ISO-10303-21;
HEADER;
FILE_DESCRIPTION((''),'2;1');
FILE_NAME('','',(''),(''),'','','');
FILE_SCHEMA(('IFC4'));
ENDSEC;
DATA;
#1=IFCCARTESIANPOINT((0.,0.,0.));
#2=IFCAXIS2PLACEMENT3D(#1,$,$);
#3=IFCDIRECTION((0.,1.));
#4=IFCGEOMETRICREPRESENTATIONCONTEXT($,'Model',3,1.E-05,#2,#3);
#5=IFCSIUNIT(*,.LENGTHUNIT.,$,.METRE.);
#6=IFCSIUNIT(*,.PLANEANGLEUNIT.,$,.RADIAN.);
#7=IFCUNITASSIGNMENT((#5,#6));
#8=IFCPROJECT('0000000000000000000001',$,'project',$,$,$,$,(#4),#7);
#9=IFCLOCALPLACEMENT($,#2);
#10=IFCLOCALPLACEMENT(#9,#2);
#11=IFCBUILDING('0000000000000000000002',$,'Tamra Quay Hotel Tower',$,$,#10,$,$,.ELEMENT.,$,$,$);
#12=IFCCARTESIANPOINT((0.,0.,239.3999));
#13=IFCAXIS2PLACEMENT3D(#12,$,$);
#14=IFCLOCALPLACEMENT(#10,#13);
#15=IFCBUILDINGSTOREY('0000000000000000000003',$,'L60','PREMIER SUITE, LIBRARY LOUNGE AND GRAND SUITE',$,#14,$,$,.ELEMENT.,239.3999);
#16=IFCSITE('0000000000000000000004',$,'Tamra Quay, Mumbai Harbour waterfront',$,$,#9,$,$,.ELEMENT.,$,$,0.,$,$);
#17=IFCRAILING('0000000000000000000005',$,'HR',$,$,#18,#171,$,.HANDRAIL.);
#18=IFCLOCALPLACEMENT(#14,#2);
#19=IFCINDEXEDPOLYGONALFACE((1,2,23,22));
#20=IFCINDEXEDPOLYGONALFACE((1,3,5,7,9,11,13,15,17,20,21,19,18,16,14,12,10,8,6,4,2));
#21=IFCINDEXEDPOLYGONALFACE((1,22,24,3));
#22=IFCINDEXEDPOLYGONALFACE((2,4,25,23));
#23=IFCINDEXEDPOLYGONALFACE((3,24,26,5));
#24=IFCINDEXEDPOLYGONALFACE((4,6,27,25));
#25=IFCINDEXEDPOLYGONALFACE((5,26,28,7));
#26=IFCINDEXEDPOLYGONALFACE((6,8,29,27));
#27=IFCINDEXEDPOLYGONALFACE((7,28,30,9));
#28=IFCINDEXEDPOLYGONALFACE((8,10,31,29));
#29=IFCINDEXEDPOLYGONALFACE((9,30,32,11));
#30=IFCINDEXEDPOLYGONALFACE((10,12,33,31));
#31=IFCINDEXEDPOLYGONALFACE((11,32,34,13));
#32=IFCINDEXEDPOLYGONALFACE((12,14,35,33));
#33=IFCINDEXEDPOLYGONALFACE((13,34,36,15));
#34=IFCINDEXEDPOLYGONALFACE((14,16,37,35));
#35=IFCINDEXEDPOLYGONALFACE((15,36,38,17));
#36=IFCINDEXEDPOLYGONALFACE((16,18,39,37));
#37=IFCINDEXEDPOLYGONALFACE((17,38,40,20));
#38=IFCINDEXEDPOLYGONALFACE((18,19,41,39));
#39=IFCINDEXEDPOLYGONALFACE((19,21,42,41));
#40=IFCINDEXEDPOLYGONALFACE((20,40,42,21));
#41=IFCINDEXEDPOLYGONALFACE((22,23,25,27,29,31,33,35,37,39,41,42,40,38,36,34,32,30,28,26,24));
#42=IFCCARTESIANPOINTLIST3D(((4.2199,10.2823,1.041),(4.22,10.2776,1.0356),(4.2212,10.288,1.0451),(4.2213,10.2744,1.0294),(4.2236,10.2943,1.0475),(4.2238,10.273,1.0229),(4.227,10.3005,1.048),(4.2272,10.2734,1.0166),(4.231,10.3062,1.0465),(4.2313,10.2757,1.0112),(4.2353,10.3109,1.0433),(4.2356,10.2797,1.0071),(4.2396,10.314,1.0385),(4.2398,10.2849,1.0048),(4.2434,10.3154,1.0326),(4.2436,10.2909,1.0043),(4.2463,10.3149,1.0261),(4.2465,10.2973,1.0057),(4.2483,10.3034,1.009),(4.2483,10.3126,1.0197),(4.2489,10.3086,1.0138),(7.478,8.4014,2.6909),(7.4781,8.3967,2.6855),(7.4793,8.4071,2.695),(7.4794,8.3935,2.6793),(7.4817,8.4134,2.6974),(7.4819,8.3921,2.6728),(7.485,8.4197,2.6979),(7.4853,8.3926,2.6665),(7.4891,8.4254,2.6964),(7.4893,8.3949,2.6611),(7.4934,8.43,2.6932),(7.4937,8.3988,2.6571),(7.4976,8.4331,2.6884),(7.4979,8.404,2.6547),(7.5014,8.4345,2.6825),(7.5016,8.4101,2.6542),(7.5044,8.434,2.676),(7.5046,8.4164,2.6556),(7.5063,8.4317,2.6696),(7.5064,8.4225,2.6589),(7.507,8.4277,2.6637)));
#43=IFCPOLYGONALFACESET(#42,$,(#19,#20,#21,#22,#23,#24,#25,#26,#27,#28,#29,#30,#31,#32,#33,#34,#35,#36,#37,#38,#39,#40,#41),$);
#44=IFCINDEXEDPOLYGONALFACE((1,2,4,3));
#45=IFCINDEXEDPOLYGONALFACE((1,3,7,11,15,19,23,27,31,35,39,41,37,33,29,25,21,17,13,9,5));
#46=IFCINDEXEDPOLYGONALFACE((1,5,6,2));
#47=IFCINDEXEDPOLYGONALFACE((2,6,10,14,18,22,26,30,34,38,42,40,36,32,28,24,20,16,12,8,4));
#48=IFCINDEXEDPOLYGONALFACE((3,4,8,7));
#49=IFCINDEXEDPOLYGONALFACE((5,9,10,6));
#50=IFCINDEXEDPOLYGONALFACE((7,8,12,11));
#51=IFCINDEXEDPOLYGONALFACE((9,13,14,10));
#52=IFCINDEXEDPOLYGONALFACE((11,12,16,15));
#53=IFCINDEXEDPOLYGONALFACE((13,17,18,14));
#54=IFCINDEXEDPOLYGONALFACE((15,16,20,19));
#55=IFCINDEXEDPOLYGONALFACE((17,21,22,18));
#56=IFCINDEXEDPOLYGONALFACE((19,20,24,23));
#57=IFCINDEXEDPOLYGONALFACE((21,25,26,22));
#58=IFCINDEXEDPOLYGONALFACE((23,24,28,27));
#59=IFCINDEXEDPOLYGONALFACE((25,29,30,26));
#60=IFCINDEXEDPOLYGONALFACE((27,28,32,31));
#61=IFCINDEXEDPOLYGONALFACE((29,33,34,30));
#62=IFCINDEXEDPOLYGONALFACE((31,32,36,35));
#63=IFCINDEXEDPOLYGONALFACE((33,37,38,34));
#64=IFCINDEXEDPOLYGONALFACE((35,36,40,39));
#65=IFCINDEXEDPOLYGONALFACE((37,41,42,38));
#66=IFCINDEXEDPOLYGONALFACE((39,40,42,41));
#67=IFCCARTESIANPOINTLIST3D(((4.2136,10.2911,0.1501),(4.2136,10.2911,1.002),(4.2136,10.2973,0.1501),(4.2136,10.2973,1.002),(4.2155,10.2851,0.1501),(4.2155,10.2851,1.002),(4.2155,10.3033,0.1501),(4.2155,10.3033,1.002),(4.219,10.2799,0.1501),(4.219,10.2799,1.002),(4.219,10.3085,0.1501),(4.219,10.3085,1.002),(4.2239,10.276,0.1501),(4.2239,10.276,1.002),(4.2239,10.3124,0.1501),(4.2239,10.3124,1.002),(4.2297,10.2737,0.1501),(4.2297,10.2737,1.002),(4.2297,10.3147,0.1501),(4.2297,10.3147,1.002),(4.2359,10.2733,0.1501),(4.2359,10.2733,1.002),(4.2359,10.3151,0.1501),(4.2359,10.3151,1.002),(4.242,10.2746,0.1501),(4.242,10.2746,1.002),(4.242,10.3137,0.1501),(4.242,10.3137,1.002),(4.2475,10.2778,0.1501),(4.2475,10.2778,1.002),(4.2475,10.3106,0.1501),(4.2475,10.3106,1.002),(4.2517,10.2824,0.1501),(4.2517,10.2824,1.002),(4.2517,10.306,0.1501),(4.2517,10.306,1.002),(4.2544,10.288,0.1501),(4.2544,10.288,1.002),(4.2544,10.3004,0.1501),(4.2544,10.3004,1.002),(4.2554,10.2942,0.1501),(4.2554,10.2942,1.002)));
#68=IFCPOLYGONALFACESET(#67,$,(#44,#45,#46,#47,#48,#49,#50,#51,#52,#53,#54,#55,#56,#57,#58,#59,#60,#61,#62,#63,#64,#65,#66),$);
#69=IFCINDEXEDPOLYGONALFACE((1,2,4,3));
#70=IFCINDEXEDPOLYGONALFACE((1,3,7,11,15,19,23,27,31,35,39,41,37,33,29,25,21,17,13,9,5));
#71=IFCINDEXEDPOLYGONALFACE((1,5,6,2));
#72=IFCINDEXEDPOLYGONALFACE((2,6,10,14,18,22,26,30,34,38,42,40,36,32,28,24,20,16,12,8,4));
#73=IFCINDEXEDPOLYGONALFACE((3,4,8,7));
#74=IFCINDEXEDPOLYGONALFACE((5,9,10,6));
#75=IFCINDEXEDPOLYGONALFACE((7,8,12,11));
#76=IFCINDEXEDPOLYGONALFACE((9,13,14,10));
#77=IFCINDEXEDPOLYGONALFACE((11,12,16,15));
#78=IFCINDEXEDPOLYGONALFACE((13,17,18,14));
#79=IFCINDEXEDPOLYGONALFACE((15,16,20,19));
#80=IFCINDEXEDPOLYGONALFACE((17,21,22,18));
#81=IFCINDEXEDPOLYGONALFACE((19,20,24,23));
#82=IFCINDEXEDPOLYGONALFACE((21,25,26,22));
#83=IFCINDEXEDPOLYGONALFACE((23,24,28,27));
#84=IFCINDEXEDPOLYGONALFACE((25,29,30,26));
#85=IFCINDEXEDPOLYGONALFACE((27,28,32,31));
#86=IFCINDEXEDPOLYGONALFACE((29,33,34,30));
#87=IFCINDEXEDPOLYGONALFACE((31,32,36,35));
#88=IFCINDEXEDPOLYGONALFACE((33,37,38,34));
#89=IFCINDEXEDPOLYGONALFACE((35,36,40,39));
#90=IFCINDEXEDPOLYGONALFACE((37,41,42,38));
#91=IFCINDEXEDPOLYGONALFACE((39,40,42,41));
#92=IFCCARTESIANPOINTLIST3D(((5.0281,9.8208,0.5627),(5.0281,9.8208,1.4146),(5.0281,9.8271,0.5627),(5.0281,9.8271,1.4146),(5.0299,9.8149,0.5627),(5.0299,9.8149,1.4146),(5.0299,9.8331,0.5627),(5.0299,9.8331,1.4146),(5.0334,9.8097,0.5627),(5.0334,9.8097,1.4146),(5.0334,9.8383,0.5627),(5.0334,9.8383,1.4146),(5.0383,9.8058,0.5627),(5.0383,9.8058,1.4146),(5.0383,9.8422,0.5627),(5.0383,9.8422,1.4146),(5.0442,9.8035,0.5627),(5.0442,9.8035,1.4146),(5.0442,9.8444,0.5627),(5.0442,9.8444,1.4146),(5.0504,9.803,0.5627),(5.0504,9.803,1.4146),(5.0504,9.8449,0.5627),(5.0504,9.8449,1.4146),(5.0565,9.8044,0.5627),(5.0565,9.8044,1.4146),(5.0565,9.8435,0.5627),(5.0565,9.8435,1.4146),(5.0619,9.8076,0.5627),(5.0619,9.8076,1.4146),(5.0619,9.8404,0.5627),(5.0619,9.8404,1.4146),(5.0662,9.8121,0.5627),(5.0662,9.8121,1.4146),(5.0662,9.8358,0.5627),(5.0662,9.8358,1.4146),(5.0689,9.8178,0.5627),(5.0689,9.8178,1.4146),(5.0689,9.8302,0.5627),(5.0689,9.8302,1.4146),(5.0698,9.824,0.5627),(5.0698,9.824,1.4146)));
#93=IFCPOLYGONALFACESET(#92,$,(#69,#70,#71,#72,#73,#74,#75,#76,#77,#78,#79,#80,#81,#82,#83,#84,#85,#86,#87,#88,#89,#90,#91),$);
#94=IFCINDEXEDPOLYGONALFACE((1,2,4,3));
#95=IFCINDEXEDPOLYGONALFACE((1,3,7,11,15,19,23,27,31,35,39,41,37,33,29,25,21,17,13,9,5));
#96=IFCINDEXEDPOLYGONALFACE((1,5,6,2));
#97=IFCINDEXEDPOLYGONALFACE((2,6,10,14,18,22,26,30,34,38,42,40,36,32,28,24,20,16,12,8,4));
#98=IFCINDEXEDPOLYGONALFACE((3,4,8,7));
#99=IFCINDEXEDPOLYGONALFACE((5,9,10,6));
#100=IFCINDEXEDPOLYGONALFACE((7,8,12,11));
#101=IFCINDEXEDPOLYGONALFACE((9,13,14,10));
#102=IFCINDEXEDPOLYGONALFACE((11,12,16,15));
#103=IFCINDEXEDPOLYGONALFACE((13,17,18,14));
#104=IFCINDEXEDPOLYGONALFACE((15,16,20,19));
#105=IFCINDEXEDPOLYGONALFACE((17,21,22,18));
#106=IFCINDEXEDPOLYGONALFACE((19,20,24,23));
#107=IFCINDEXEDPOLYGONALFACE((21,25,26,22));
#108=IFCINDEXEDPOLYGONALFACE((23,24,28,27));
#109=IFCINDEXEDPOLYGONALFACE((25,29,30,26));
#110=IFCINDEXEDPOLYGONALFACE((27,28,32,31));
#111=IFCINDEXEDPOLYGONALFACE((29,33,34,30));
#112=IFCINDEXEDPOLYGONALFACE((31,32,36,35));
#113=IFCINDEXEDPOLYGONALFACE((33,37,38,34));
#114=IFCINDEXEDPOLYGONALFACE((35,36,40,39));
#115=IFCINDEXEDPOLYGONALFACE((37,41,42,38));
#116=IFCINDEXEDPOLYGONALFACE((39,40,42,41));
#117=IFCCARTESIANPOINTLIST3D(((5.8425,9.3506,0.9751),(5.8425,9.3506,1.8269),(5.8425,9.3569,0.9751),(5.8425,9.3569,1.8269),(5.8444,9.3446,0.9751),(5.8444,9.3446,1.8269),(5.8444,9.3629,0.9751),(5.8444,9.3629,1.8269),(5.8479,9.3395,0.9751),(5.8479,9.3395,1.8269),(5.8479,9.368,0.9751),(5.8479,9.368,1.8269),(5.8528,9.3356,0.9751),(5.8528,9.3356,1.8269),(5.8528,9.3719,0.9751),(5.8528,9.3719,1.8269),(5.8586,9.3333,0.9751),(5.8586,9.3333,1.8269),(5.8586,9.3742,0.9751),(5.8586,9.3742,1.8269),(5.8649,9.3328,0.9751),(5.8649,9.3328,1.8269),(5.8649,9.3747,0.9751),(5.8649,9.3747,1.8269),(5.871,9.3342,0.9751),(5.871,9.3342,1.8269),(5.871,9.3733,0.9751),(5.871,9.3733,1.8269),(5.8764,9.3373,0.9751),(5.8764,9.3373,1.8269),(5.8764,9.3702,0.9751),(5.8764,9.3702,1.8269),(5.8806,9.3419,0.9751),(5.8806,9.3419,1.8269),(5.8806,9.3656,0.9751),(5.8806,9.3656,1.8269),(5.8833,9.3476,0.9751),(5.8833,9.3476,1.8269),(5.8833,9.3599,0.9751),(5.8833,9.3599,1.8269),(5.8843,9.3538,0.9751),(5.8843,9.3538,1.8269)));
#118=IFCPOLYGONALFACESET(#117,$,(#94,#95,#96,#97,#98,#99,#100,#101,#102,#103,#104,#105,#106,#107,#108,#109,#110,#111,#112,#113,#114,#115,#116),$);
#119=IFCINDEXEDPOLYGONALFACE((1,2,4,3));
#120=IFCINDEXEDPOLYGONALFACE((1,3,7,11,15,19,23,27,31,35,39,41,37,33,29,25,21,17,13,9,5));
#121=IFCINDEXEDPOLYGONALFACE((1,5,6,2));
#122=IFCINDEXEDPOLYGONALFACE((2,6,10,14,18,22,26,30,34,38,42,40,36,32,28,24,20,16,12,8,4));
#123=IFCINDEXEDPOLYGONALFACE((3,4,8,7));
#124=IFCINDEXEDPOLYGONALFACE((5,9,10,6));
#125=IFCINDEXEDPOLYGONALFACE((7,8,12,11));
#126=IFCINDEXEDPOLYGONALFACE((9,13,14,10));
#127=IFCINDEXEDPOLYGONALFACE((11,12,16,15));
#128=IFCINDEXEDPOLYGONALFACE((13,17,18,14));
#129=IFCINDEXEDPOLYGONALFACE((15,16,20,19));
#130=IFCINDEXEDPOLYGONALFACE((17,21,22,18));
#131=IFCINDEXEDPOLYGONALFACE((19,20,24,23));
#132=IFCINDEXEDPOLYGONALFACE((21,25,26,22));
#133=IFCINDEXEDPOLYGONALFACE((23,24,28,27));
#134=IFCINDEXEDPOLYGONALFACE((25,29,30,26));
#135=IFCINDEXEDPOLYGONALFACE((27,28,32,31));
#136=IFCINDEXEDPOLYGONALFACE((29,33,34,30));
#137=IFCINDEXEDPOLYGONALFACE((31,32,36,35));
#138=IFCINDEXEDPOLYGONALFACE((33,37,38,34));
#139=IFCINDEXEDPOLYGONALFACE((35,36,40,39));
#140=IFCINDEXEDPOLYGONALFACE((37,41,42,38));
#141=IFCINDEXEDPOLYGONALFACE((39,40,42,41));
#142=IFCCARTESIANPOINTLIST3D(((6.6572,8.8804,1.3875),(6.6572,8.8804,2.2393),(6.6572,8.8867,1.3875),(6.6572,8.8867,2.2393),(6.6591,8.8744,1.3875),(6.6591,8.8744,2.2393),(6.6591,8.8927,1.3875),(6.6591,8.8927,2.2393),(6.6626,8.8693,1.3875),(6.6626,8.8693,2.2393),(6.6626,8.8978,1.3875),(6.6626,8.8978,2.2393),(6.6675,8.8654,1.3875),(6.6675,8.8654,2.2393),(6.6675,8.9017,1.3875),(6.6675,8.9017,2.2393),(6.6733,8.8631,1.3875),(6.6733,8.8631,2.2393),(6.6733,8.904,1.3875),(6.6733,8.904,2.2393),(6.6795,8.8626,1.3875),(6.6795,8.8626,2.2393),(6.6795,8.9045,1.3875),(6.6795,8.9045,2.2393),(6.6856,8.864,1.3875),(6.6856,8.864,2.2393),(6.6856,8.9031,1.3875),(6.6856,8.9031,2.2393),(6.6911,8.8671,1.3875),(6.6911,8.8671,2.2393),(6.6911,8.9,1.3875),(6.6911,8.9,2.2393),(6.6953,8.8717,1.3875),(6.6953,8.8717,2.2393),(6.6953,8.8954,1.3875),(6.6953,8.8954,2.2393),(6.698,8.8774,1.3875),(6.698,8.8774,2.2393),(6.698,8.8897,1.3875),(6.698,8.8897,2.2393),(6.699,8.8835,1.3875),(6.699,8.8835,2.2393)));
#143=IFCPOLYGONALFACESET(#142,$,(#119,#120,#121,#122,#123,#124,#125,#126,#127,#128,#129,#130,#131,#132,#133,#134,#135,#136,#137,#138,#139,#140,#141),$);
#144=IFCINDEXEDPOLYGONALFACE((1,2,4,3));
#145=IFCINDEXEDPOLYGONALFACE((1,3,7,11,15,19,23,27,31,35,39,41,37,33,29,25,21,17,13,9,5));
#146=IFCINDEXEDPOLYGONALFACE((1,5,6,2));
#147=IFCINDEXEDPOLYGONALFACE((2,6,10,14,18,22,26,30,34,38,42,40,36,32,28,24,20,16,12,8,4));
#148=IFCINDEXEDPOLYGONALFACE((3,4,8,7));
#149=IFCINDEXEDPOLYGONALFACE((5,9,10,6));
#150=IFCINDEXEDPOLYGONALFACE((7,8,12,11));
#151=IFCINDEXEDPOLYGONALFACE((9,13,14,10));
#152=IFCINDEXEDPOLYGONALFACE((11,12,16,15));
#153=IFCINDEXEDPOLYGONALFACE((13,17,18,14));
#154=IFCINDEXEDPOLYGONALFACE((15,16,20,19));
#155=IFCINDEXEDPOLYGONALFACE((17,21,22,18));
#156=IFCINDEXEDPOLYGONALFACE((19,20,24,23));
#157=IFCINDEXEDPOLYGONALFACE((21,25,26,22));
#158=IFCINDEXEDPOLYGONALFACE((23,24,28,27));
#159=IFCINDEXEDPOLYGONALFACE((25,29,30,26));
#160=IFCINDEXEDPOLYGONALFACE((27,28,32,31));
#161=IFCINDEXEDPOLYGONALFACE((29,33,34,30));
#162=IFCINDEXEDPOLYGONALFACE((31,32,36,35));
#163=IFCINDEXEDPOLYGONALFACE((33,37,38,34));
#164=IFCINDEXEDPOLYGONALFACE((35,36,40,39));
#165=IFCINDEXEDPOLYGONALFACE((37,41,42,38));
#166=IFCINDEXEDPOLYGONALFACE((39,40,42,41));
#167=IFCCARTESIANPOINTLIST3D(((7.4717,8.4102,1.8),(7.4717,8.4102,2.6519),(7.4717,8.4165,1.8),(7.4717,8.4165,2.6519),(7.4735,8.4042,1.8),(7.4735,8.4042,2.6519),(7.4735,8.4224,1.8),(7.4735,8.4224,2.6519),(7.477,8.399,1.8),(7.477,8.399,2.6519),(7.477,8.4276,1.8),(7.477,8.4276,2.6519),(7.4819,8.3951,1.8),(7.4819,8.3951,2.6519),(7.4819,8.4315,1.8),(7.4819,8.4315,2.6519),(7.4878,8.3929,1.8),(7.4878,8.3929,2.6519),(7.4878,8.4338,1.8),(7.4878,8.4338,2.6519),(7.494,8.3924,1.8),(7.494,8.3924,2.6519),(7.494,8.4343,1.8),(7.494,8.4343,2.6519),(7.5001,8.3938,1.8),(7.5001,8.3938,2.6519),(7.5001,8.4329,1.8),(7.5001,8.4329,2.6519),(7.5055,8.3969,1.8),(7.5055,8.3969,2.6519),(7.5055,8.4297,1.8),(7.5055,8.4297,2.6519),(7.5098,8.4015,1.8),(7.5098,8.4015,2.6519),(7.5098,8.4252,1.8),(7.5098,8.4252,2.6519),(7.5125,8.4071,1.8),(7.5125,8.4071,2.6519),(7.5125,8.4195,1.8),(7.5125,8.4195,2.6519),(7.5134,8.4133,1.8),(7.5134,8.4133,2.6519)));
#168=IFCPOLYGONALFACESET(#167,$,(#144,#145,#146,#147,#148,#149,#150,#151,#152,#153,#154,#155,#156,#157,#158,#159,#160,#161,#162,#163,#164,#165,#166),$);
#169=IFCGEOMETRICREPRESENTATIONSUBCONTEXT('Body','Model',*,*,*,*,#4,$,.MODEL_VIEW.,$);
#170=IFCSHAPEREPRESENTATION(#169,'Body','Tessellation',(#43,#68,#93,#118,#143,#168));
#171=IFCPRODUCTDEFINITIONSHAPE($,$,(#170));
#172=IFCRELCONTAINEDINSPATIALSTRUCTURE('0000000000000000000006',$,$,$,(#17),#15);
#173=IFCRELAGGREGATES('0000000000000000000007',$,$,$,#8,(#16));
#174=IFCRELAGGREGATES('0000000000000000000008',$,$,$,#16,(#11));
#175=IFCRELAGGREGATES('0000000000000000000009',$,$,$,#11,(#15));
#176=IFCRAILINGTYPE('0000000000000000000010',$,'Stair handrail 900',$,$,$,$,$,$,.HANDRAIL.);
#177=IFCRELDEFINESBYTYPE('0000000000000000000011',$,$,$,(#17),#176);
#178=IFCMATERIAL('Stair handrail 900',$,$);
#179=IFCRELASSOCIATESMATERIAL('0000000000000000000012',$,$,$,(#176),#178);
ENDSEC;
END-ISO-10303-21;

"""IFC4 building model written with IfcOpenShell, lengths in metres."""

from ifc_helpers import new_model, si_unit, direction, frame, origin, origin_2d, place, context, subcontext, project, spatial, circle, extrude, material, type_object, element, save


model = new_model("IFC4")

# Units and contexts
model_context = context("Model", 3, precision=1e-05, world=origin(), true_north=direction((0.0, 1.0)))
body_context = subcontext(model_context, "Body", "Model", "MODEL_VIEW")
ifc_project = project(units=[si_unit("LENGTHUNIT", "METRE"), si_unit("PLANEANGLEUNIT", "RADIAN")], contexts=[model_context])

# Site, building, storey
site_placement = place(None, origin())
site = spatial("IfcSite", under=ifc_project, at=site_placement, Name="Tamra Quay, Mumbai Harbour waterfront", CompositionType="ELEMENT", RefElevation=0.0)
building_placement = place(site_placement, origin())
building = spatial("IfcBuilding", under=site, at=building_placement, Name="Tamra Quay Hotel Tower", CompositionType="ELEMENT")
storey_placement = place(building_placement, frame((0.0, 0.0, 239.3999)))
storey = spatial("IfcBuildingStorey", under=building, at=storey_placement, Name="L60", Description="PREMIER SUITE, LIBRARY LOUNGE AND GRAND SUITE", CompositionType="ELEMENT", Elevation=239.3999)

# Railing
ifc_material_1 = material(Name="Stair handrail 900")
railing_type_1 = type_object("IfcRailingType", Name="Stair handrail 900", PredefinedType="HANDRAIL", material=ifc_material_1)
railing_1_placement = place(storey_placement, frame((4.2344, 10.2942, 0.1501)))
element("IfcRailing", 1, at=railing_1_placement, inside=storey, type_object=railing_type_1, Name="HR", PredefinedType="HANDRAIL", context=body_context, shape_type="SweptSolid", body=[
    extrude(circle(Radius=0.0239, at=origin_2d()), frame((0.0, 0.0, 0.876), z_axis=(0.793122, -0.457865, 0.401642), x_axis=(0.499964, 0.866046, 0.0)), (0.0, 0.0, 1.0), 4.1079),
    extrude(circle(Radius=0.021, at=origin_2d()), origin(), (0.0, 0.0, 1.0), 0.8518),
    extrude(circle(Radius=0.021, at=origin_2d()), frame((0.8145, -0.4702, 0.4126)), (0.0, 0.0, 1.0), 0.8518),
    extrude(circle(Radius=0.021, at=origin_2d()), frame((1.6289, -0.9404, 0.825)), (0.0, 0.0, 1.0), 0.8518),
    extrude(circle(Radius=0.021, at=origin_2d()), frame((2.4436, -1.4106, 1.2373)), (0.0, 0.0, 1.0), 0.8518),
    extrude(circle(Radius=0.021, at=origin_2d()), frame((3.2581, -1.8809, 1.6499)), (0.0, 0.0, 1.0), 0.8518),
])

save(model, "model.ifc")
